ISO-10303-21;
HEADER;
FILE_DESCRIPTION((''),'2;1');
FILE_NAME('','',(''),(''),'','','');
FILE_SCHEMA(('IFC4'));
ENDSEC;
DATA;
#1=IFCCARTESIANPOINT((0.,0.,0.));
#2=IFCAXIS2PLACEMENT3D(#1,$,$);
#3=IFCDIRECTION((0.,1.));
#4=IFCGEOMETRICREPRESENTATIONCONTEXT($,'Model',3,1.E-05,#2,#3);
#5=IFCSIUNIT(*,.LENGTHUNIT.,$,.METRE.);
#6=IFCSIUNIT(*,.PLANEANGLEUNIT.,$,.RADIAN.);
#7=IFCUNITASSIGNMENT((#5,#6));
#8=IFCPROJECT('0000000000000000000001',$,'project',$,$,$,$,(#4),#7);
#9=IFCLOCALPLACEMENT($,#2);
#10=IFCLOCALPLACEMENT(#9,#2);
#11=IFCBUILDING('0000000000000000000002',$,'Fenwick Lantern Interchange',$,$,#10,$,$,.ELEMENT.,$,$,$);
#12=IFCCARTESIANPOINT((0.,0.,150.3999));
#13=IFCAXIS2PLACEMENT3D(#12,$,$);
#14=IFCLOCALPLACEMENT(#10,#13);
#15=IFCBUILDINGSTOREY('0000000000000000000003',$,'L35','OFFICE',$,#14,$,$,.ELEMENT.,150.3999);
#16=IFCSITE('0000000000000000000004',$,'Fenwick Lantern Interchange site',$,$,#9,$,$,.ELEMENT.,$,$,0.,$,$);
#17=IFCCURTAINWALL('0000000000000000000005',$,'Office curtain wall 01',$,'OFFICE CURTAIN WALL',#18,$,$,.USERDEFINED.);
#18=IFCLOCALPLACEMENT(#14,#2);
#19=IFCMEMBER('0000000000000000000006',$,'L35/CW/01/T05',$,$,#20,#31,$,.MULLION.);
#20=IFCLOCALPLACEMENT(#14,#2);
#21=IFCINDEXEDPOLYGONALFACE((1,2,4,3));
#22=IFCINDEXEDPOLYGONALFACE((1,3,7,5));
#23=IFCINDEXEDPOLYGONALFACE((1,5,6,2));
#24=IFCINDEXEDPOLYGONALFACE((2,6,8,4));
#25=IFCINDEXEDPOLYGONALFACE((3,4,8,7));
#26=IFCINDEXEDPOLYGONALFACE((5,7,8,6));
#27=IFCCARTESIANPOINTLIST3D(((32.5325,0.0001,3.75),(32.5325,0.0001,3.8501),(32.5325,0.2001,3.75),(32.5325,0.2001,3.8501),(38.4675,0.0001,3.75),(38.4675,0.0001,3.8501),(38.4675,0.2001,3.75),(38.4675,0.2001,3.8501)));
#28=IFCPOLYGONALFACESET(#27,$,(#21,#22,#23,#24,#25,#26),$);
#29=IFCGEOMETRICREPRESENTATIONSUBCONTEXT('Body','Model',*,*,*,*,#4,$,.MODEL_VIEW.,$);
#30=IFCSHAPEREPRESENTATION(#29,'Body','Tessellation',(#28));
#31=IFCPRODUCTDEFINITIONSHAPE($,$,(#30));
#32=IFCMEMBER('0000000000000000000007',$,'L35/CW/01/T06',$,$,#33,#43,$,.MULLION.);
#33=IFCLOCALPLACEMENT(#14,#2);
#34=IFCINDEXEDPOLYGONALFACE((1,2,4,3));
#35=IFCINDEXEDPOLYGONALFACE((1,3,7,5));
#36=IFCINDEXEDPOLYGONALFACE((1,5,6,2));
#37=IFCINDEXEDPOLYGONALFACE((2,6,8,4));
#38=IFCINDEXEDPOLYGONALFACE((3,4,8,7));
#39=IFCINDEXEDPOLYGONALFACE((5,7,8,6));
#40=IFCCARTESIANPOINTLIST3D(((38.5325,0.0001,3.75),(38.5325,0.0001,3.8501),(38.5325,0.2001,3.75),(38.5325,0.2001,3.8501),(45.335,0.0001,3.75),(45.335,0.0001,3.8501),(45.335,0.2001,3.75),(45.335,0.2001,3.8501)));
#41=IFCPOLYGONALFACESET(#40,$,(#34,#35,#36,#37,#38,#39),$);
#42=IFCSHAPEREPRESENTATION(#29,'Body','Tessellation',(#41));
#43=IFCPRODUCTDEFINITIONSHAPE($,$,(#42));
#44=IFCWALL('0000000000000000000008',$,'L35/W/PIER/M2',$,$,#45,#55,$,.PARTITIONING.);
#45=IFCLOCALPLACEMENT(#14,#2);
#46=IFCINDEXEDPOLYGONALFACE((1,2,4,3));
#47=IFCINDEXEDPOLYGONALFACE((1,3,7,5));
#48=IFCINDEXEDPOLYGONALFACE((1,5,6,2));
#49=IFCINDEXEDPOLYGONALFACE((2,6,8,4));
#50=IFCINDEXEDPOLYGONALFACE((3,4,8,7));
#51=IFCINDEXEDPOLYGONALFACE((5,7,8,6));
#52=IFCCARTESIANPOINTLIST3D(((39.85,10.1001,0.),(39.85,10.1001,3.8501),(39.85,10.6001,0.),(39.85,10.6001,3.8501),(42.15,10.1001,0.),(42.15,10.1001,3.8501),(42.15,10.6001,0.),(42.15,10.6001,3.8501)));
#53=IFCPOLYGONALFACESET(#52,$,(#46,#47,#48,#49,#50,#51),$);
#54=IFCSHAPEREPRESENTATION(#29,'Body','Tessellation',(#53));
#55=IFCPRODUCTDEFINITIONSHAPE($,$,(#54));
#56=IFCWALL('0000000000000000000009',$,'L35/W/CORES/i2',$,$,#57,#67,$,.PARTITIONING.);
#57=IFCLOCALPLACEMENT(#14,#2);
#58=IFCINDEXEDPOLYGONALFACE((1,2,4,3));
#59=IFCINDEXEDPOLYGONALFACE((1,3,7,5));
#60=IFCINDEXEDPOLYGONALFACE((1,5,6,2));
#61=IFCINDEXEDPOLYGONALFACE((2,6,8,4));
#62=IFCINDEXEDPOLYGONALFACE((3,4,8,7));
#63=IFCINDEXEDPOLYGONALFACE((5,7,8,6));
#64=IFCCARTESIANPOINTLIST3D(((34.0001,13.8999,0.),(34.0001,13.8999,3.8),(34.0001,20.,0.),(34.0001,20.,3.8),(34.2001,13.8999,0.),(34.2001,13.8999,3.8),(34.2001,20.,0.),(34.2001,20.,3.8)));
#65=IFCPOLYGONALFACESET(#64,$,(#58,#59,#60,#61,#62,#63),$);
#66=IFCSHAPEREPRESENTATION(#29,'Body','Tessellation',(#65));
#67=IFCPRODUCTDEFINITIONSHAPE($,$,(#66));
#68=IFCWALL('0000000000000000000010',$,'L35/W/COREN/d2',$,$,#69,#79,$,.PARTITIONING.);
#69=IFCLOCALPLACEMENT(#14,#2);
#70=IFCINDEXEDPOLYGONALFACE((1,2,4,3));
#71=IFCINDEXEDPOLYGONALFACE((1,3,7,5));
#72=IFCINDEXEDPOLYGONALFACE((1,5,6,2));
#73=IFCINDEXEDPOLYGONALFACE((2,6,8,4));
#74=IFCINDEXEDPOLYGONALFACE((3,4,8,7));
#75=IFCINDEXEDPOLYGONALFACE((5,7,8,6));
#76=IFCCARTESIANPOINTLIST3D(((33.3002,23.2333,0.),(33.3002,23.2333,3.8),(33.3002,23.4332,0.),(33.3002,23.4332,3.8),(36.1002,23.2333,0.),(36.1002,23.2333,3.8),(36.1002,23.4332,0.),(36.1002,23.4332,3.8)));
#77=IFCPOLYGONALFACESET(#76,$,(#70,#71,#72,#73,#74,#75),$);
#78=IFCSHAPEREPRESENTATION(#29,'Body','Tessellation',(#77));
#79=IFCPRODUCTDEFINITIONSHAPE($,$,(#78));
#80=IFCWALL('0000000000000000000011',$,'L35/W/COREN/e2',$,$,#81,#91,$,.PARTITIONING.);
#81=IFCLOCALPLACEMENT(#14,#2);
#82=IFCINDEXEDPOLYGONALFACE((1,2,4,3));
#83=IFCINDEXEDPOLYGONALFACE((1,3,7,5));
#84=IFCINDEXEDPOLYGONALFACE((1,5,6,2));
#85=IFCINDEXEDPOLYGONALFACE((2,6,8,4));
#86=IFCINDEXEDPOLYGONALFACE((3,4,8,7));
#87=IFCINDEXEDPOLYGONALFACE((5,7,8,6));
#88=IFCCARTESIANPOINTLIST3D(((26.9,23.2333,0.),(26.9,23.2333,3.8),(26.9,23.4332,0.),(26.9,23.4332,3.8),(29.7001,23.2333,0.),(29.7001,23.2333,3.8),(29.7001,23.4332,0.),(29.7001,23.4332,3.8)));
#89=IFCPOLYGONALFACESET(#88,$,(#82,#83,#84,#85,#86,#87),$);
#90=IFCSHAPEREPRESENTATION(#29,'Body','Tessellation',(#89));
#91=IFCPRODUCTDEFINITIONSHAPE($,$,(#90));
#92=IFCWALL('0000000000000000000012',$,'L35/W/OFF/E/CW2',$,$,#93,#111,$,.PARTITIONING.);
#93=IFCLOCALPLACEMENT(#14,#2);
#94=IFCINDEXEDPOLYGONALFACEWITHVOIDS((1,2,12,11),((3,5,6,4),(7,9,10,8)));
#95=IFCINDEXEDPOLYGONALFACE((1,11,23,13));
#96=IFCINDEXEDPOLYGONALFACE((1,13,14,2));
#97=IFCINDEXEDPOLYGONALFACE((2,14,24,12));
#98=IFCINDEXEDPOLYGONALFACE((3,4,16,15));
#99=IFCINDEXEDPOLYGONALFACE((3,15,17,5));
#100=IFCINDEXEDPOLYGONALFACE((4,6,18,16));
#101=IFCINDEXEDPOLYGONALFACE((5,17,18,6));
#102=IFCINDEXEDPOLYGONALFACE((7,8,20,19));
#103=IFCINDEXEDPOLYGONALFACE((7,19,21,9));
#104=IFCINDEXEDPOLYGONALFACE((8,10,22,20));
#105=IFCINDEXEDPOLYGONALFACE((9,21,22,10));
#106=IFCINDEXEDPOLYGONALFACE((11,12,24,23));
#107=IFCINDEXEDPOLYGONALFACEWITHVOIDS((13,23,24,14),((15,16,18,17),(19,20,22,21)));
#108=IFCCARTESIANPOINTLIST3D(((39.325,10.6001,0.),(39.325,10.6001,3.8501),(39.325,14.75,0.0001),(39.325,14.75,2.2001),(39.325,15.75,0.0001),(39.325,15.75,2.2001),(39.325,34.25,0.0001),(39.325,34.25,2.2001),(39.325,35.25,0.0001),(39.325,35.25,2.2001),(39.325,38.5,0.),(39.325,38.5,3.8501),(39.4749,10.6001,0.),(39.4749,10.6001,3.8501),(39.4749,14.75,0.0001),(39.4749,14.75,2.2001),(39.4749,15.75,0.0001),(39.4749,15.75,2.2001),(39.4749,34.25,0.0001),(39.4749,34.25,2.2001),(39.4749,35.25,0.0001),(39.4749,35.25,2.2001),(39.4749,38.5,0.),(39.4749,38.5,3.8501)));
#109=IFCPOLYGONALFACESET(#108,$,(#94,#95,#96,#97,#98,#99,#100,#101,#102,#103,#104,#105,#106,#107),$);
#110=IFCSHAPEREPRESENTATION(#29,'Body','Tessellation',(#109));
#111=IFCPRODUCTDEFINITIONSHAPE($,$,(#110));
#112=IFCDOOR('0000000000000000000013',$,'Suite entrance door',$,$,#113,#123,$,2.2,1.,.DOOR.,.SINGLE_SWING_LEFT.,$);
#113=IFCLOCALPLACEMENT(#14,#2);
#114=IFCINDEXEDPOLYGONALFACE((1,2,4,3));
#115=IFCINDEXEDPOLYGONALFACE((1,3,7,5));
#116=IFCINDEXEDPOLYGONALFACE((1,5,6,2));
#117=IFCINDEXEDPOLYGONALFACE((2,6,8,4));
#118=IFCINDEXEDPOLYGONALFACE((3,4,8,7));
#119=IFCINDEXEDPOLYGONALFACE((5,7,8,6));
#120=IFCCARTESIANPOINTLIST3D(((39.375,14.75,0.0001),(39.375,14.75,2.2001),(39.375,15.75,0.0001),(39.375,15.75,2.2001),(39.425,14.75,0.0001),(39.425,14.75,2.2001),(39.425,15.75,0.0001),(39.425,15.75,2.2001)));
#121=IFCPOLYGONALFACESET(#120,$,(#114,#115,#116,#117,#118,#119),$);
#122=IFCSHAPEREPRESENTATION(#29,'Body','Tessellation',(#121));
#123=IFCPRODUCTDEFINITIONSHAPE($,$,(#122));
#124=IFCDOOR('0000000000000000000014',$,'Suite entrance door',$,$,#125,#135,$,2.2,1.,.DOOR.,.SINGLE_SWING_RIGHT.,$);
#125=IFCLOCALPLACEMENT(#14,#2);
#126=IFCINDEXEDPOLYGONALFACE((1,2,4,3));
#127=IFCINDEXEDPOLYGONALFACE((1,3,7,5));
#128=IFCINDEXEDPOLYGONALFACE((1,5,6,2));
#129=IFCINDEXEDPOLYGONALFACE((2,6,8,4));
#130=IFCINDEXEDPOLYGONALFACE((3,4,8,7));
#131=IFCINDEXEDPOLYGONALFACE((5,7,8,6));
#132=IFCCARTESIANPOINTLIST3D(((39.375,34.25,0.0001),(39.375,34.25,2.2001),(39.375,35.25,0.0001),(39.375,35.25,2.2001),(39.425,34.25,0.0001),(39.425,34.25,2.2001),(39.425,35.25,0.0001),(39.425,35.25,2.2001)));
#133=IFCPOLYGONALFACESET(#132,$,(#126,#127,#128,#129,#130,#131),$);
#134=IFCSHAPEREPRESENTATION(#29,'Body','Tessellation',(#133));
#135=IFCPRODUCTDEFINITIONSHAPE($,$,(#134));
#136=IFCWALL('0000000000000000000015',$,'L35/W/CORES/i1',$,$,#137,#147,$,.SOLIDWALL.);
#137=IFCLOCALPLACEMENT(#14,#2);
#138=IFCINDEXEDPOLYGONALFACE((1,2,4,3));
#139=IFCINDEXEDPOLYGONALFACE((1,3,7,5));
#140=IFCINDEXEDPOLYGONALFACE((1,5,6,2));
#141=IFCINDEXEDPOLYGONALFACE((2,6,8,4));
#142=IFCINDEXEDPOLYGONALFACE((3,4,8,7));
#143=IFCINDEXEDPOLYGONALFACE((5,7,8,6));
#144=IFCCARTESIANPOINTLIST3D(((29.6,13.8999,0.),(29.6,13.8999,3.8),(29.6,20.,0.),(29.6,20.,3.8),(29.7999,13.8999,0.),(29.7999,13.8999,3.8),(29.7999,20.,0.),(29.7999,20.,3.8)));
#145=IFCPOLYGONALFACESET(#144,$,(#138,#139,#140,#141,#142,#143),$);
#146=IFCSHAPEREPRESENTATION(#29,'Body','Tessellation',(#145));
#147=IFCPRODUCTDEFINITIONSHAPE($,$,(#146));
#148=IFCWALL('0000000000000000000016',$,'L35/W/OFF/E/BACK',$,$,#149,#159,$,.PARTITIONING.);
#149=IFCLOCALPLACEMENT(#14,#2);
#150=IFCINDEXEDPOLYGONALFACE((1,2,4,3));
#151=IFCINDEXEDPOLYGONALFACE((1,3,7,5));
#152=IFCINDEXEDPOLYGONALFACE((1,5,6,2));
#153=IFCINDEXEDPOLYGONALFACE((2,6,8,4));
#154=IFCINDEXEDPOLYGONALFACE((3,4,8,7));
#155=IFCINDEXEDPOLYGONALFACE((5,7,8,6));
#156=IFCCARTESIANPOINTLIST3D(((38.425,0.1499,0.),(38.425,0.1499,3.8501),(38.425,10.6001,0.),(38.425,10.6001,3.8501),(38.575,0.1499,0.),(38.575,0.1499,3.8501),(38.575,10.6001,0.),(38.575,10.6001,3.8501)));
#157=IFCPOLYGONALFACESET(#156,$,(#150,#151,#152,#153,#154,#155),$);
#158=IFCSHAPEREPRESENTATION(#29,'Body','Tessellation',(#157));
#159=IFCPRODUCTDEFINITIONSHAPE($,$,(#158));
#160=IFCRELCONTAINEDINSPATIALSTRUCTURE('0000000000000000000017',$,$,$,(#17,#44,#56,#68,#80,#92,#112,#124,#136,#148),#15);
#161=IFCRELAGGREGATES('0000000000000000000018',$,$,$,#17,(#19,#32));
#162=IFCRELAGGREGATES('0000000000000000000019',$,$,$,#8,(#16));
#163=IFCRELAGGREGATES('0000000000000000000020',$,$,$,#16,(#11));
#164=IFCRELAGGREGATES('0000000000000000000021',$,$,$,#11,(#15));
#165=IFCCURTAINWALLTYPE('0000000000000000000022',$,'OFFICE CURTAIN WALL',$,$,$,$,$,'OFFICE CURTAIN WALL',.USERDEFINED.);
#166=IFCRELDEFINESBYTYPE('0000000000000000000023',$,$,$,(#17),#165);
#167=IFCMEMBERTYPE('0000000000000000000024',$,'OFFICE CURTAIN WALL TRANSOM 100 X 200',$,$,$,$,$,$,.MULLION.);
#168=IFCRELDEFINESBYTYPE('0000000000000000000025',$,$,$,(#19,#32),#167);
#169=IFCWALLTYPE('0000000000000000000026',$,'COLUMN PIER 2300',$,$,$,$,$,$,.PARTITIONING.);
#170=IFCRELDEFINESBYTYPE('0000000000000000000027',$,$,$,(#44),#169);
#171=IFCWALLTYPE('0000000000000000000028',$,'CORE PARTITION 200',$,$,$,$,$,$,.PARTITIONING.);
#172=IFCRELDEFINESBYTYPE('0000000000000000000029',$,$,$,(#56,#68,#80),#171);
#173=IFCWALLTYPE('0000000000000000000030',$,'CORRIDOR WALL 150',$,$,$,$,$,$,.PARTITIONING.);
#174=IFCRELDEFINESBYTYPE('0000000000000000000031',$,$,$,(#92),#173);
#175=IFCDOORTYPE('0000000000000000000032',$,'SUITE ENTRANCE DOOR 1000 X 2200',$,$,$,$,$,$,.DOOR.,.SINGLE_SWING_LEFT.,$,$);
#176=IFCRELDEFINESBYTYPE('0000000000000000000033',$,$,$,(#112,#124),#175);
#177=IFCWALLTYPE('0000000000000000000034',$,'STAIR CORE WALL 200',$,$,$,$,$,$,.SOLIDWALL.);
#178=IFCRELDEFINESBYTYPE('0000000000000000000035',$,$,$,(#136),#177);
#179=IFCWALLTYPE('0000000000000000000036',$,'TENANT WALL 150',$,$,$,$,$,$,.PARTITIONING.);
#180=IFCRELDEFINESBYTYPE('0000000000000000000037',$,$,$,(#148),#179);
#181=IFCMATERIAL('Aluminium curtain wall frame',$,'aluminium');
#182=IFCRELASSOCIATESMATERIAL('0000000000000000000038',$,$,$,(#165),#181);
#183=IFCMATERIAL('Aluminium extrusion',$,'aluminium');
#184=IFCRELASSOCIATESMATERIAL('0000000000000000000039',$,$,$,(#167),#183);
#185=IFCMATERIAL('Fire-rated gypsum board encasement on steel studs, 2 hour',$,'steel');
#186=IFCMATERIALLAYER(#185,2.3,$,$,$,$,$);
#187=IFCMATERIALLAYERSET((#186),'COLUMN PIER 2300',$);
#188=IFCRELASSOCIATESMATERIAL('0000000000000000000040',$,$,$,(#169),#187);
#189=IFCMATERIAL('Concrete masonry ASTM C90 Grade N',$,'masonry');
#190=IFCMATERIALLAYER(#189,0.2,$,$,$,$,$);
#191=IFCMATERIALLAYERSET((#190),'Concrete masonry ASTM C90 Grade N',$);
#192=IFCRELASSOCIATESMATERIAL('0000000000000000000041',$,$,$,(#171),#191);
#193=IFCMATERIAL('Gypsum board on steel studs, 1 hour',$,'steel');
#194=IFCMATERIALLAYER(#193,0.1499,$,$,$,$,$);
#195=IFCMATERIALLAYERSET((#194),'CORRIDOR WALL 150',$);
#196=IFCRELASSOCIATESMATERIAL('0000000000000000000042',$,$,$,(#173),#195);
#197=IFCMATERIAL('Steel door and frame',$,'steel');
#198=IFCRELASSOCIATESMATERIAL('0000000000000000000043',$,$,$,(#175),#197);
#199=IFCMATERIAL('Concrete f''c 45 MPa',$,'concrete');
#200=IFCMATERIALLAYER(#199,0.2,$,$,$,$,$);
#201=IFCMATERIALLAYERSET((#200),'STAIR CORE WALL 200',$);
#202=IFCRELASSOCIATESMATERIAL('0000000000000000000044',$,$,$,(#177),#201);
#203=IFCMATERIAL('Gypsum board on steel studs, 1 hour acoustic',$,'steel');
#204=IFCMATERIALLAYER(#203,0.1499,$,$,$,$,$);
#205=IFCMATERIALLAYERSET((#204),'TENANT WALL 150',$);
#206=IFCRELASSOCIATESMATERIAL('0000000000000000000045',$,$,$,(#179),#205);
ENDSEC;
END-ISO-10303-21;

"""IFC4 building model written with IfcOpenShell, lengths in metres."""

from ifc_helpers import new_model, si_unit, direction, frame, frame_2d, origin, origin_2d, place, context, subcontext, project, spatial, rectangle, extrude, material, layer, layer_set, material_profile, profile_set, type_object, element, fill, aggregate, save


model = new_model("IFC4")

# Units and contexts
model_context = context("Model", 3, precision=1e-05, world=origin(), true_north=direction((0.0, 1.0)))
body_context = subcontext(model_context, "Body", "Model", "MODEL_VIEW")
ifc_project = project(units=[si_unit("LENGTHUNIT", "METRE"), si_unit("PLANEANGLEUNIT", "RADIAN")], contexts=[model_context])

# Site, building, storey
site_placement = place(None, origin())
site = spatial("IfcSite", under=ifc_project, at=site_placement, Name="Fenwick Lantern Interchange site", CompositionType="ELEMENT", RefElevation=0.0)
building_placement = place(site_placement, origin())
building = spatial("IfcBuilding", under=site, at=building_placement, Name="Fenwick Lantern Interchange", CompositionType="ELEMENT")
storey_placement = place(building_placement, frame((0.0, 0.0, 150.3999)))
storey = spatial("IfcBuildingStorey", under=building, at=storey_placement, Name="L35", Description="OFFICE", CompositionType="ELEMENT", Elevation=150.3999)

# Curtain wall, members
ifc_material_1 = material(Name="Aluminium curtain wall frame", Category="aluminium")
curtain_wall_type = type_object("IfcCurtainWallType", Name="OFFICE CURTAIN WALL", ElementType="OFFICE CURTAIN WALL", PredefinedType="USERDEFINED", material=ifc_material_1)
curtain_wall_placement = place(storey_placement, origin())
curtain_wall = element("IfcCurtainWall", 1, at=curtain_wall_placement, inside=storey, type_object=curtain_wall_type, Name="Office curtain wall 01", ObjectType="OFFICE CURTAIN WALL", PredefinedType="USERDEFINED")
ifc_material_2 = material(Name="Aluminium extrusion", Category="aluminium")
ifc_material_profile_1 = material_profile(ifc_material_2, rectangle(XDim=0.2, YDim=0.1001, at=origin_2d()), Name="OFFICE CURTAIN WALL TRANSOM 100 X 200")
ifc_profile_set_1 = profile_set([ifc_material_profile_1], Name="Aluminium extrusion")
member_type_1 = type_object("IfcMemberType", Name="OFFICE CURTAIN WALL TRANSOM 100 X 200", PredefinedType="MULLION", material=ifc_profile_set_1)
member_1_placement = place(storey_placement, frame((32.5325, 0.1001, 3.8), z_axis=(1.0, 0.0, 0.0), x_axis=(0.0, 1.0, 0.0)))
member_1 = element("IfcMember", 2, at=member_1_placement, type_object=member_type_1, Name="L35/CW/01/T05", PredefinedType="MULLION", context=body_context, shape_type="SweptSolid", body=[
    extrude(rectangle(XDim=0.2, YDim=0.1001, at=origin_2d()), origin(), (0.0, 0.0, 1.0), 5.9351),
])
member_2_placement = place(storey_placement, frame((38.5325, 0.1001, 3.8), z_axis=(1.0, 0.0, 0.0), x_axis=(0.0, 1.0, 0.0)))
member_2 = element("IfcMember", 3, at=member_2_placement, type_object=member_type_1, Name="L35/CW/01/T06", PredefinedType="MULLION", context=body_context, shape_type="SweptSolid", body=[
    extrude(rectangle(XDim=0.2, YDim=0.1001, at=origin_2d()), origin(), (0.0, 0.0, 1.0), 6.8025),
])
aggregate(curtain_wall, [member_1, member_2])

# Walls
ifc_material_3 = material(Name="Fire-rated gypsum board encasement on steel studs, 2 hour", Category="steel")
ifc_layer_1 = layer(ifc_material_3, 2.3)
ifc_layer_set_1 = layer_set([ifc_layer_1], Name="COLUMN PIER 2300")
wall_type_1 = type_object("IfcWallType", Name="COLUMN PIER 2300", PredefinedType="PARTITIONING", material=ifc_layer_set_1)
wall_1_placement = place(storey_placement, frame((41.0, 10.6001, 0.0), z_axis=(0.0, 0.0, 1.0), x_axis=(0.0, -1.0, 0.0)))
element("IfcWall", 4, at=wall_1_placement, inside=storey, type_object=wall_type_1, Name="L35/W/PIER/M2", PredefinedType="PARTITIONING", context=body_context, shape_type="SweptSolid", body=[
    extrude(rectangle(XDim=0.5, YDim=2.3, at=frame_2d((0.25, 0.0))), origin(), (0.0, 0.0, 1.0), 3.8501),
])
ifc_material_4 = material(Name="Concrete masonry ASTM C90 Grade N", Category="masonry")
ifc_layer_2 = layer(ifc_material_4, 0.2)
ifc_layer_set_2 = layer_set([ifc_layer_2], Name="Concrete masonry ASTM C90 Grade N")
wall_type_2 = type_object("IfcWallType", Name="CORE PARTITION 200", PredefinedType="PARTITIONING", material=ifc_layer_set_2)
wall_2_placement = place(storey_placement, frame((34.1001, 13.8999, 0.0), z_axis=(0.0, 0.0, 1.0), x_axis=(0.0, 1.0, 0.0)))
element("IfcWall", 5, at=wall_2_placement, inside=storey, type_object=wall_type_2, Name="L35/W/CORES/i2", PredefinedType="PARTITIONING", context=body_context, shape_type="SweptSolid", body=[
    extrude(rectangle(XDim=6.1001, YDim=0.2, at=frame_2d((3.05, 0.0))), origin(), (0.0, 0.0, 1.0), 3.8),
])
for number, where, z_axis, x_axis, name in (
    (6, (36.1001, 23.3333, 0.0), (0.0, 0.0, 1.0), (-1.0, 0.0, 0.0), "L35/W/COREN/d2"),
    (7, (29.7, 23.3333, 0.0), (0.0, 0.0, 1.0), (-1.0, 0.0, 0.0), "L35/W/COREN/e2"),
):
    element("IfcWall", number, at=place(storey_placement, frame(where, z_axis=z_axis, x_axis=x_axis)), inside=storey, type_object=wall_type_2, Name=name, PredefinedType="PARTITIONING", context=body_context, shape_type="SweptSolid", body=[
        extrude(rectangle(XDim=2.8, YDim=0.2, at=frame_2d((1.3999, 0.0))), origin(), (0.0, 0.0, 1.0), 3.8),
    ])

# Wall, openings, doors
ifc_material_5 = material(Name="Steel door and frame", Category="steel")
ifc_material_6 = material(Name="Gypsum board on steel studs, 1 hour", Category="steel")
ifc_layer_3 = layer(ifc_material_6, 0.1499)
ifc_layer_set_3 = layer_set([ifc_layer_3], Name="CORRIDOR WALL 150")
wall_type_3 = type_object("IfcWallType", Name="CORRIDOR WALL 150", PredefinedType="PARTITIONING", material=ifc_layer_set_3)
wall_3_placement = place(storey_placement, frame((39.3999, 10.6001, 0.0), z_axis=(0.0, 0.0, 1.0), x_axis=(0.0, 1.0, 0.0)))
wall_3 = element("IfcWall", 8, at=wall_3_placement, inside=storey, type_object=wall_type_3, Name="L35/W/OFF/E/CW2", PredefinedType="PARTITIONING", context=body_context, shape_type="SweptSolid", body=[
    extrude(rectangle(XDim=27.8999, YDim=0.1499, at=frame_2d((13.95, 0.0))), origin(), (0.0, 0.0, 1.0), 3.8501),
])
opening_1_placement = place(wall_3_placement, frame((4.1499, 0.0, 0.0)))
opening_1 = element("IfcOpeningElement", 9, at=opening_1_placement, cuts=wall_3, PredefinedType="OPENING", context=body_context, shape_type="SweptSolid", body=[
    extrude(rectangle(XDim=1.0, YDim=2.2, at=frame_2d((0.5, 1.1001))), frame((0.0, 0.085, 0.0), z_axis=(0.0, -1.0, 0.0), x_axis=(1.0, 0.0, 0.0)), (0.0, 0.0, 1.0), 0.1699),
])
opening_2_placement = place(wall_3_placement, frame((23.6499, 0.0, 0.0)))
opening_2 = element("IfcOpeningElement", 10, at=opening_2_placement, cuts=wall_3, PredefinedType="OPENING", context=body_context, shape_type="SweptSolid", body=[
    extrude(rectangle(XDim=1.0, YDim=2.2, at=frame_2d((0.5, 1.1001))), frame((0.0, 0.085, 0.0), z_axis=(0.0, -1.0, 0.0), x_axis=(1.0, 0.0, 0.0)), (0.0, 0.0, 1.0), 0.1699),
])
door_type_1 = type_object("IfcDoorType", Name="SUITE ENTRANCE DOOR 1000 X 2200", OperationType="SINGLE_SWING_LEFT", PredefinedType="DOOR", material=ifc_material_5)
door_1_placement = place(opening_1_placement, origin())
door_1 = element("IfcDoor", 11, at=door_1_placement, inside=storey, type_object=door_type_1, Name="Suite entrance door", OperationType="SINGLE_SWING_LEFT", OverallHeight=2.2, OverallWidth=1.0, PredefinedType="DOOR", context=body_context, shape_type="SweptSolid", body=[
    extrude(rectangle(XDim=1.0, YDim=2.2, at=frame_2d((0.5, 1.1001))), frame((0.0, 0.0249, 0.0), z_axis=(0.0, -1.0, 0.0), x_axis=(1.0, 0.0, 0.0)), (0.0, 0.0, 1.0), 0.05),
])
fill(opening_1, door_1)
door_2_placement = place(opening_2_placement, origin())
door_2 = element("IfcDoor", 12, at=door_2_placement, inside=storey, type_object=door_type_1, Name="Suite entrance door", OperationType="SINGLE_SWING_RIGHT", OverallHeight=2.2, OverallWidth=1.0, PredefinedType="DOOR", context=body_context, shape_type="SweptSolid", body=[
    extrude(rectangle(XDim=1.0, YDim=2.2, at=frame_2d((0.5, 1.1001))), frame((0.0, 0.0249, 0.0), z_axis=(0.0, -1.0, 0.0), x_axis=(1.0, 0.0, 0.0)), (0.0, 0.0, 1.0), 0.05),
])
fill(opening_2, door_2)

# Walls
ifc_material_7 = material(Name="Concrete f'c 45 MPa", Category="concrete")
ifc_layer_4 = layer(ifc_material_7, 0.2)
ifc_layer_set_4 = layer_set([ifc_layer_4], Name="STAIR CORE WALL 200")
wall_type_4 = type_object("IfcWallType", Name="STAIR CORE WALL 200", PredefinedType="SOLIDWALL", material=ifc_layer_set_4)
wall_4_placement = place(storey_placement, frame((29.7, 13.8999, 0.0), z_axis=(0.0, 0.0, 1.0), x_axis=(0.0, 1.0, 0.0)))
element("IfcWall", 13, at=wall_4_placement, inside=storey, type_object=wall_type_4, Name="L35/W/CORES/i1", PredefinedType="SOLIDWALL", context=body_context, shape_type="SweptSolid", body=[
    extrude(rectangle(XDim=6.1001, YDim=0.2, at=frame_2d((3.05, 0.0))), origin(), (0.0, 0.0, 1.0), 3.8),
])
ifc_material_8 = material(Name="Gypsum board on steel studs, 1 hour acoustic", Category="steel")
ifc_layer_5 = layer(ifc_material_8, 0.1499)
ifc_layer_set_5 = layer_set([ifc_layer_5], Name="TENANT WALL 150")
wall_type_5 = type_object("IfcWallType", Name="TENANT WALL 150", PredefinedType="PARTITIONING", material=ifc_layer_set_5)
wall_5_placement = place(storey_placement, frame((38.5, 0.1499, 0.0), z_axis=(0.0, 0.0, 1.0), x_axis=(0.0, 1.0, 0.0)))
element("IfcWall", 14, at=wall_5_placement, inside=storey, type_object=wall_type_5, Name="L35/W/OFF/E/BACK", PredefinedType="PARTITIONING", context=body_context, shape_type="SweptSolid", body=[
    extrude(rectangle(XDim=10.4502, YDim=0.1499, at=frame_2d((5.2251, 0.0))), origin(), (0.0, 0.0, 1.0), 3.8501),
])

save(model, "model.ifc")
